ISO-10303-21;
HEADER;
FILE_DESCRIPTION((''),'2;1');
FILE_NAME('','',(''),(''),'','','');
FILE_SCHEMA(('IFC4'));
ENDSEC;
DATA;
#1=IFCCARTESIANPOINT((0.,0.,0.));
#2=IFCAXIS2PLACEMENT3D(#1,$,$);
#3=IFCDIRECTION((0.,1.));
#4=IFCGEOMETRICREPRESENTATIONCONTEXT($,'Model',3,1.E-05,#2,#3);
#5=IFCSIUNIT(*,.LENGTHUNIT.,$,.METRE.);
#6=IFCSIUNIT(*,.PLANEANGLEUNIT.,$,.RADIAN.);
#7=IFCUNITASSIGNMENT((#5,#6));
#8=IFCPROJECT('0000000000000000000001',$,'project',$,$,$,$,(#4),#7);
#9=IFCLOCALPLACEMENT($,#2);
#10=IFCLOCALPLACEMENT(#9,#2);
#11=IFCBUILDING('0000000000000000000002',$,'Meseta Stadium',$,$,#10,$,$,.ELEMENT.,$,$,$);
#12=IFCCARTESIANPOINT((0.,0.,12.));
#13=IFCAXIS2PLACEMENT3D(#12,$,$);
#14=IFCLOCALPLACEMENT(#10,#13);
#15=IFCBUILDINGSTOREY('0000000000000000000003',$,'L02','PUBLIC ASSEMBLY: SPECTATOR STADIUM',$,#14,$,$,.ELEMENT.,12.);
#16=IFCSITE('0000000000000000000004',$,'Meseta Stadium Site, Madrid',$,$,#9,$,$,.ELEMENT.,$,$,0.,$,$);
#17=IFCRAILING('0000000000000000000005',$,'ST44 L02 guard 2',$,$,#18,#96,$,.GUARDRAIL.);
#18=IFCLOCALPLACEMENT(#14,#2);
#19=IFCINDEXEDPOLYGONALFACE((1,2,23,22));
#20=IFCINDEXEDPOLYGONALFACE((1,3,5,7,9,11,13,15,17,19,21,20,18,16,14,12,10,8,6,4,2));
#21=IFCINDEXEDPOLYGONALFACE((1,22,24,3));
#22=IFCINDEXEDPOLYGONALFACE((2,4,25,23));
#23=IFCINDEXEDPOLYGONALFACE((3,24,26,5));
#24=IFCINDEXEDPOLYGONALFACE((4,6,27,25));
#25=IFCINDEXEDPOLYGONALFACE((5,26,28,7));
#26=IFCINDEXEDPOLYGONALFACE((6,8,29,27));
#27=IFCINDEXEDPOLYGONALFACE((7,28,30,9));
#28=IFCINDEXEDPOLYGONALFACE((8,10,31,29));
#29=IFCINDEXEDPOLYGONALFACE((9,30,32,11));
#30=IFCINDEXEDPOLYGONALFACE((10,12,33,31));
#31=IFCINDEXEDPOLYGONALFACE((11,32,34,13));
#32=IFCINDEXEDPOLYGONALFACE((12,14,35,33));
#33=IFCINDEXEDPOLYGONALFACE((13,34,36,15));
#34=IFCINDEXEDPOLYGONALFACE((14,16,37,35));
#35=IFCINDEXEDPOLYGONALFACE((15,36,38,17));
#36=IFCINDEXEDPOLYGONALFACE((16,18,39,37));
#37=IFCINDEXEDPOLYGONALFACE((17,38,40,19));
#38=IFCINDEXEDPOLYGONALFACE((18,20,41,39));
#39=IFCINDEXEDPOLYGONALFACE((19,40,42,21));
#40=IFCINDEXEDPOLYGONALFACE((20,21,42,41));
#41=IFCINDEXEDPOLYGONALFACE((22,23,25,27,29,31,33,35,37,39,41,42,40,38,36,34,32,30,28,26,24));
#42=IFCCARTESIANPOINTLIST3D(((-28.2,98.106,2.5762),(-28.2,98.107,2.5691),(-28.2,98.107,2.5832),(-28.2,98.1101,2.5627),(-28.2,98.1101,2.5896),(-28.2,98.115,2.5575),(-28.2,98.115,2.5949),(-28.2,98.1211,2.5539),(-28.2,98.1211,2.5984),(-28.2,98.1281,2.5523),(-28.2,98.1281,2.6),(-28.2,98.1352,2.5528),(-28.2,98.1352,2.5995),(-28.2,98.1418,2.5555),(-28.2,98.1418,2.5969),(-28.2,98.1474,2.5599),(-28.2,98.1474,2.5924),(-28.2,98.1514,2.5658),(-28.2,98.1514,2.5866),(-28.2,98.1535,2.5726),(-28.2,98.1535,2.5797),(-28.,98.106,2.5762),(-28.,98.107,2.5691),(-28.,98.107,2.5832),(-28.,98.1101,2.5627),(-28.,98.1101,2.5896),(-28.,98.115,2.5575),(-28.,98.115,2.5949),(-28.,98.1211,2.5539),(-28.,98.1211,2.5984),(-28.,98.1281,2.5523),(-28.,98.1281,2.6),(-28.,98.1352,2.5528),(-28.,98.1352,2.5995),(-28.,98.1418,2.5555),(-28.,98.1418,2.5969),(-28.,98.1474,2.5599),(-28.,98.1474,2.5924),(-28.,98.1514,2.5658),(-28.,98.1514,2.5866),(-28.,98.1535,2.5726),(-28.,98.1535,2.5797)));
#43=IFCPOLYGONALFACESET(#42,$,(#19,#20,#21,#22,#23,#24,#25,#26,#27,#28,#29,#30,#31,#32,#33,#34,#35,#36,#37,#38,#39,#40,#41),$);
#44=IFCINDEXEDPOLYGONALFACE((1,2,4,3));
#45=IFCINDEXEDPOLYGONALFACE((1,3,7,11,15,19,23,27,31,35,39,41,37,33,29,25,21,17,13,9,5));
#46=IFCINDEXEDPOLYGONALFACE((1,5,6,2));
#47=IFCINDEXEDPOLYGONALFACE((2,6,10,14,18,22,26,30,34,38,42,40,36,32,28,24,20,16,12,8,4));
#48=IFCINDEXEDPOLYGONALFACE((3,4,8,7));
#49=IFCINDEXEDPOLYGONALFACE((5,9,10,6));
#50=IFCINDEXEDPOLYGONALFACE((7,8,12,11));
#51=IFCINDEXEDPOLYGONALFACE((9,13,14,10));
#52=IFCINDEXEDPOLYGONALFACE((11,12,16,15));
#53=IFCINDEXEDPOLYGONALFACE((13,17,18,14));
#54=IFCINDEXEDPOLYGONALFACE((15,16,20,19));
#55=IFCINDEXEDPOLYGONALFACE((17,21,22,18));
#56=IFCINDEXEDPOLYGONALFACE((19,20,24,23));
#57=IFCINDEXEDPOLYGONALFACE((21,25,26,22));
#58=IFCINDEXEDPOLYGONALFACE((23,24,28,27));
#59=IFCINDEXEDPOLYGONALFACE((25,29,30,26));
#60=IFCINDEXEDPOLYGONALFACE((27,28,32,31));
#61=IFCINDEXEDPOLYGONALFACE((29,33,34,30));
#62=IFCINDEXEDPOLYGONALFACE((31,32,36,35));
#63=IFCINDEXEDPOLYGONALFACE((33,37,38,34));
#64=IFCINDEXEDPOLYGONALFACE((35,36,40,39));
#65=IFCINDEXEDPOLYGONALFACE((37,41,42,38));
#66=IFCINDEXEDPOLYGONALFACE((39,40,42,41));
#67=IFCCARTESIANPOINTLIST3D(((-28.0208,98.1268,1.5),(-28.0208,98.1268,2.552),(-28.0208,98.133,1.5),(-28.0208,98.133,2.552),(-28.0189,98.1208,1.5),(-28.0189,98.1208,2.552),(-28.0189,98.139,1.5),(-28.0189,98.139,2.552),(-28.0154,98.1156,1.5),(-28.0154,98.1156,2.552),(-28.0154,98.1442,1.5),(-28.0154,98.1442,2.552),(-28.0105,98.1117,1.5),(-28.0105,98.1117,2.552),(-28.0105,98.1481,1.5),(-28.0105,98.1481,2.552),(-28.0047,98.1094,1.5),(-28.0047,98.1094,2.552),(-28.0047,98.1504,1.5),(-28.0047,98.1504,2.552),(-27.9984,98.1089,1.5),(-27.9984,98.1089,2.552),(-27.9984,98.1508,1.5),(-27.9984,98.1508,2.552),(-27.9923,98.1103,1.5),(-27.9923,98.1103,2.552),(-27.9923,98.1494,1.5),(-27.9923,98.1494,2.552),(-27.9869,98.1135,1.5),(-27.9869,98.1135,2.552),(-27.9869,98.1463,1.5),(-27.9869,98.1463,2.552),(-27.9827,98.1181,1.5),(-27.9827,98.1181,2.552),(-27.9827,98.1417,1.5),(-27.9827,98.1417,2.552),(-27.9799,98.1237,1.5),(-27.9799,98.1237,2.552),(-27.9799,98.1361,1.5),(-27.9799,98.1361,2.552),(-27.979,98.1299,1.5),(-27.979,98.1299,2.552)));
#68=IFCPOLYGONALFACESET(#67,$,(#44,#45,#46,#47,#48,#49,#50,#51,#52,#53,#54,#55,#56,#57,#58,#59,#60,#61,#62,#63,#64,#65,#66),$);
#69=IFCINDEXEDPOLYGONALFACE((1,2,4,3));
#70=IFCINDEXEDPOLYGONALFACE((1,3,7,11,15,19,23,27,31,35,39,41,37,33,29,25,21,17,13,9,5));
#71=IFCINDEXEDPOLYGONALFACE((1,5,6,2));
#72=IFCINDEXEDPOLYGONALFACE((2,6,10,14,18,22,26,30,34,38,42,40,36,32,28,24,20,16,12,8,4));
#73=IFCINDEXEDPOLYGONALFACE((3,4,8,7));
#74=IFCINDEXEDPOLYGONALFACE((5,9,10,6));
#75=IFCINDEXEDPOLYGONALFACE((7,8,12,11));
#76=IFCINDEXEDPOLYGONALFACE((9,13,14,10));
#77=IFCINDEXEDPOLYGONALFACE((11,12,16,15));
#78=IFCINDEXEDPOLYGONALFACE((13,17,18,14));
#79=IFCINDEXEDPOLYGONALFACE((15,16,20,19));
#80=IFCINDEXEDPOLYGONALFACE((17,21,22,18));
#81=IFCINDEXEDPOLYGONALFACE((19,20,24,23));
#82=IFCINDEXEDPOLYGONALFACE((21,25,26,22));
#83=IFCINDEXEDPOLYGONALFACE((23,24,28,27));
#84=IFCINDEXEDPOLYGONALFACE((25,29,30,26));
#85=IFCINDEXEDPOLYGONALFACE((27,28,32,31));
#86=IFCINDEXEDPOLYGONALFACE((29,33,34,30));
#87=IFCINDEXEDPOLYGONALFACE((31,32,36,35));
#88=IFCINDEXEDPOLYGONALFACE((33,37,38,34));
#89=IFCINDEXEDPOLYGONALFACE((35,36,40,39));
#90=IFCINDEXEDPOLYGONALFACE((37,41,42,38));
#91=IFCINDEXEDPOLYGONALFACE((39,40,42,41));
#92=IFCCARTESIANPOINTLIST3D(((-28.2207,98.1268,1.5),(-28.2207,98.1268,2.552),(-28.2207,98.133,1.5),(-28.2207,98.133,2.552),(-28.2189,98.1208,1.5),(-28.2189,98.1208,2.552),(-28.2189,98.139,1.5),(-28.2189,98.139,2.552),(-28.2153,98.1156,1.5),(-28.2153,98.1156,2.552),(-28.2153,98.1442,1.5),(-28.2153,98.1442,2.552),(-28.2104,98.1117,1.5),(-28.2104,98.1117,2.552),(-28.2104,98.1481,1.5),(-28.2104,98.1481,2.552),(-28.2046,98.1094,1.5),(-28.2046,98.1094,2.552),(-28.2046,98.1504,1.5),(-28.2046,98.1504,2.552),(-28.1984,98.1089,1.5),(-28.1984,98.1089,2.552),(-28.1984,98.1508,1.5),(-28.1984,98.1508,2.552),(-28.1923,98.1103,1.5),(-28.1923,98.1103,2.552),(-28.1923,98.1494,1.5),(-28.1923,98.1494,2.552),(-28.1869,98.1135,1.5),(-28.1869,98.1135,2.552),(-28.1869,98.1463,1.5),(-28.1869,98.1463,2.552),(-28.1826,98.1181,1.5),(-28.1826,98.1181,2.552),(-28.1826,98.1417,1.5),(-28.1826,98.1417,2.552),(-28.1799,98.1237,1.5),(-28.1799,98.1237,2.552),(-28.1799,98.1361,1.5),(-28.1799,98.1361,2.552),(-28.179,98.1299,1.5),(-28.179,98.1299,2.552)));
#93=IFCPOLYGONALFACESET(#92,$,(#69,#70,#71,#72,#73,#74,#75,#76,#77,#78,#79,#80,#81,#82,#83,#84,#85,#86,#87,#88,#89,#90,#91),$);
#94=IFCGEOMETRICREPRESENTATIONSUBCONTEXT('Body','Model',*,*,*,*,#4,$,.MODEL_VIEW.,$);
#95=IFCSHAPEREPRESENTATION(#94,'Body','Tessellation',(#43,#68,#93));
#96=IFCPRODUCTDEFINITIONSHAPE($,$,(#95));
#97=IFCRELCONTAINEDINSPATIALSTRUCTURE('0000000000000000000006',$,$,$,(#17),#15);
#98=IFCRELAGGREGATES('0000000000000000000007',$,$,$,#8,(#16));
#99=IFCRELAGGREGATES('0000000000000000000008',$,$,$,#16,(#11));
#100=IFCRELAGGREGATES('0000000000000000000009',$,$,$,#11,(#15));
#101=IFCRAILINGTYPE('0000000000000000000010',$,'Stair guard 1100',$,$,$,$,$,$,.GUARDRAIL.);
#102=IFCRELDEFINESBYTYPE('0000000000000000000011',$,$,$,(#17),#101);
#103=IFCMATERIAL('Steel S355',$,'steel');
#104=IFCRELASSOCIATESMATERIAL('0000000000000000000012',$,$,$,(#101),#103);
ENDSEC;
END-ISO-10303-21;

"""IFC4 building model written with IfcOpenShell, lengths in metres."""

from ifc_helpers import new_model, si_unit, direction, frame, origin, origin_2d, place, context, subcontext, project, spatial, circle, extrude, material, type_object, element, save


model = new_model("IFC4")

# Units and contexts
model_context = context("Model", 3, precision=1e-05, world=origin(), true_north=direction((0.0, 1.0)))
body_context = subcontext(model_context, "Body", "Model", "MODEL_VIEW")
ifc_project = project(units=[si_unit("LENGTHUNIT", "METRE"), si_unit("PLANEANGLEUNIT", "RADIAN")], contexts=[model_context])

# Site, building, storey
site_placement = place(None, origin())
site = spatial("IfcSite", under=ifc_project, at=site_placement, Name="Meseta Stadium Site, Madrid", CompositionType="ELEMENT", RefElevation=0.0)
building_placement = place(site_placement, origin())
building = spatial("IfcBuilding", under=site, at=building_placement, Name="Meseta Stadium", CompositionType="ELEMENT")
storey_placement = place(building_placement, frame((0.0, 0.0, 12.0)))
storey = spatial("IfcBuildingStorey", under=building, at=storey_placement, Name="L02", Description="PUBLIC ASSEMBLY: SPECTATOR STADIUM", CompositionType="ELEMENT", Elevation=12.0)

# Railing
ifc_material_1 = material(Name="Steel S355", Category="steel")
railing_type_1 = type_object("IfcRailingType", Name="Stair guard 1100", PredefinedType="GUARDRAIL", material=ifc_material_1)
railing_1_placement = place(storey_placement, frame((-28.0, 98.1299, 1.5)))
element("IfcRailing", 1, at=railing_1_placement, inside=storey, type_object=railing_type_1, Name="ST44 L02 guard 2", PredefinedType="GUARDRAIL", context=body_context, shape_type="SweptSolid", body=[
    extrude(circle(Radius=0.0239, at=origin_2d()), frame((0.0, 0.0, 1.0762), z_axis=(-1.0, 0.0, 0.0), x_axis=(0.0, -1.0, 0.0)), (0.0, 0.0, 1.0), 0.2),
    extrude(circle(Radius=0.021, at=origin_2d()), origin(), (0.0, 0.0, 1.0), 1.052),
    extrude(circle(Radius=0.021, at=origin_2d()), frame((-0.2, 0.0, 0.0)), (0.0, 0.0, 1.0), 1.052),
])

save(model, "model.ifc")
